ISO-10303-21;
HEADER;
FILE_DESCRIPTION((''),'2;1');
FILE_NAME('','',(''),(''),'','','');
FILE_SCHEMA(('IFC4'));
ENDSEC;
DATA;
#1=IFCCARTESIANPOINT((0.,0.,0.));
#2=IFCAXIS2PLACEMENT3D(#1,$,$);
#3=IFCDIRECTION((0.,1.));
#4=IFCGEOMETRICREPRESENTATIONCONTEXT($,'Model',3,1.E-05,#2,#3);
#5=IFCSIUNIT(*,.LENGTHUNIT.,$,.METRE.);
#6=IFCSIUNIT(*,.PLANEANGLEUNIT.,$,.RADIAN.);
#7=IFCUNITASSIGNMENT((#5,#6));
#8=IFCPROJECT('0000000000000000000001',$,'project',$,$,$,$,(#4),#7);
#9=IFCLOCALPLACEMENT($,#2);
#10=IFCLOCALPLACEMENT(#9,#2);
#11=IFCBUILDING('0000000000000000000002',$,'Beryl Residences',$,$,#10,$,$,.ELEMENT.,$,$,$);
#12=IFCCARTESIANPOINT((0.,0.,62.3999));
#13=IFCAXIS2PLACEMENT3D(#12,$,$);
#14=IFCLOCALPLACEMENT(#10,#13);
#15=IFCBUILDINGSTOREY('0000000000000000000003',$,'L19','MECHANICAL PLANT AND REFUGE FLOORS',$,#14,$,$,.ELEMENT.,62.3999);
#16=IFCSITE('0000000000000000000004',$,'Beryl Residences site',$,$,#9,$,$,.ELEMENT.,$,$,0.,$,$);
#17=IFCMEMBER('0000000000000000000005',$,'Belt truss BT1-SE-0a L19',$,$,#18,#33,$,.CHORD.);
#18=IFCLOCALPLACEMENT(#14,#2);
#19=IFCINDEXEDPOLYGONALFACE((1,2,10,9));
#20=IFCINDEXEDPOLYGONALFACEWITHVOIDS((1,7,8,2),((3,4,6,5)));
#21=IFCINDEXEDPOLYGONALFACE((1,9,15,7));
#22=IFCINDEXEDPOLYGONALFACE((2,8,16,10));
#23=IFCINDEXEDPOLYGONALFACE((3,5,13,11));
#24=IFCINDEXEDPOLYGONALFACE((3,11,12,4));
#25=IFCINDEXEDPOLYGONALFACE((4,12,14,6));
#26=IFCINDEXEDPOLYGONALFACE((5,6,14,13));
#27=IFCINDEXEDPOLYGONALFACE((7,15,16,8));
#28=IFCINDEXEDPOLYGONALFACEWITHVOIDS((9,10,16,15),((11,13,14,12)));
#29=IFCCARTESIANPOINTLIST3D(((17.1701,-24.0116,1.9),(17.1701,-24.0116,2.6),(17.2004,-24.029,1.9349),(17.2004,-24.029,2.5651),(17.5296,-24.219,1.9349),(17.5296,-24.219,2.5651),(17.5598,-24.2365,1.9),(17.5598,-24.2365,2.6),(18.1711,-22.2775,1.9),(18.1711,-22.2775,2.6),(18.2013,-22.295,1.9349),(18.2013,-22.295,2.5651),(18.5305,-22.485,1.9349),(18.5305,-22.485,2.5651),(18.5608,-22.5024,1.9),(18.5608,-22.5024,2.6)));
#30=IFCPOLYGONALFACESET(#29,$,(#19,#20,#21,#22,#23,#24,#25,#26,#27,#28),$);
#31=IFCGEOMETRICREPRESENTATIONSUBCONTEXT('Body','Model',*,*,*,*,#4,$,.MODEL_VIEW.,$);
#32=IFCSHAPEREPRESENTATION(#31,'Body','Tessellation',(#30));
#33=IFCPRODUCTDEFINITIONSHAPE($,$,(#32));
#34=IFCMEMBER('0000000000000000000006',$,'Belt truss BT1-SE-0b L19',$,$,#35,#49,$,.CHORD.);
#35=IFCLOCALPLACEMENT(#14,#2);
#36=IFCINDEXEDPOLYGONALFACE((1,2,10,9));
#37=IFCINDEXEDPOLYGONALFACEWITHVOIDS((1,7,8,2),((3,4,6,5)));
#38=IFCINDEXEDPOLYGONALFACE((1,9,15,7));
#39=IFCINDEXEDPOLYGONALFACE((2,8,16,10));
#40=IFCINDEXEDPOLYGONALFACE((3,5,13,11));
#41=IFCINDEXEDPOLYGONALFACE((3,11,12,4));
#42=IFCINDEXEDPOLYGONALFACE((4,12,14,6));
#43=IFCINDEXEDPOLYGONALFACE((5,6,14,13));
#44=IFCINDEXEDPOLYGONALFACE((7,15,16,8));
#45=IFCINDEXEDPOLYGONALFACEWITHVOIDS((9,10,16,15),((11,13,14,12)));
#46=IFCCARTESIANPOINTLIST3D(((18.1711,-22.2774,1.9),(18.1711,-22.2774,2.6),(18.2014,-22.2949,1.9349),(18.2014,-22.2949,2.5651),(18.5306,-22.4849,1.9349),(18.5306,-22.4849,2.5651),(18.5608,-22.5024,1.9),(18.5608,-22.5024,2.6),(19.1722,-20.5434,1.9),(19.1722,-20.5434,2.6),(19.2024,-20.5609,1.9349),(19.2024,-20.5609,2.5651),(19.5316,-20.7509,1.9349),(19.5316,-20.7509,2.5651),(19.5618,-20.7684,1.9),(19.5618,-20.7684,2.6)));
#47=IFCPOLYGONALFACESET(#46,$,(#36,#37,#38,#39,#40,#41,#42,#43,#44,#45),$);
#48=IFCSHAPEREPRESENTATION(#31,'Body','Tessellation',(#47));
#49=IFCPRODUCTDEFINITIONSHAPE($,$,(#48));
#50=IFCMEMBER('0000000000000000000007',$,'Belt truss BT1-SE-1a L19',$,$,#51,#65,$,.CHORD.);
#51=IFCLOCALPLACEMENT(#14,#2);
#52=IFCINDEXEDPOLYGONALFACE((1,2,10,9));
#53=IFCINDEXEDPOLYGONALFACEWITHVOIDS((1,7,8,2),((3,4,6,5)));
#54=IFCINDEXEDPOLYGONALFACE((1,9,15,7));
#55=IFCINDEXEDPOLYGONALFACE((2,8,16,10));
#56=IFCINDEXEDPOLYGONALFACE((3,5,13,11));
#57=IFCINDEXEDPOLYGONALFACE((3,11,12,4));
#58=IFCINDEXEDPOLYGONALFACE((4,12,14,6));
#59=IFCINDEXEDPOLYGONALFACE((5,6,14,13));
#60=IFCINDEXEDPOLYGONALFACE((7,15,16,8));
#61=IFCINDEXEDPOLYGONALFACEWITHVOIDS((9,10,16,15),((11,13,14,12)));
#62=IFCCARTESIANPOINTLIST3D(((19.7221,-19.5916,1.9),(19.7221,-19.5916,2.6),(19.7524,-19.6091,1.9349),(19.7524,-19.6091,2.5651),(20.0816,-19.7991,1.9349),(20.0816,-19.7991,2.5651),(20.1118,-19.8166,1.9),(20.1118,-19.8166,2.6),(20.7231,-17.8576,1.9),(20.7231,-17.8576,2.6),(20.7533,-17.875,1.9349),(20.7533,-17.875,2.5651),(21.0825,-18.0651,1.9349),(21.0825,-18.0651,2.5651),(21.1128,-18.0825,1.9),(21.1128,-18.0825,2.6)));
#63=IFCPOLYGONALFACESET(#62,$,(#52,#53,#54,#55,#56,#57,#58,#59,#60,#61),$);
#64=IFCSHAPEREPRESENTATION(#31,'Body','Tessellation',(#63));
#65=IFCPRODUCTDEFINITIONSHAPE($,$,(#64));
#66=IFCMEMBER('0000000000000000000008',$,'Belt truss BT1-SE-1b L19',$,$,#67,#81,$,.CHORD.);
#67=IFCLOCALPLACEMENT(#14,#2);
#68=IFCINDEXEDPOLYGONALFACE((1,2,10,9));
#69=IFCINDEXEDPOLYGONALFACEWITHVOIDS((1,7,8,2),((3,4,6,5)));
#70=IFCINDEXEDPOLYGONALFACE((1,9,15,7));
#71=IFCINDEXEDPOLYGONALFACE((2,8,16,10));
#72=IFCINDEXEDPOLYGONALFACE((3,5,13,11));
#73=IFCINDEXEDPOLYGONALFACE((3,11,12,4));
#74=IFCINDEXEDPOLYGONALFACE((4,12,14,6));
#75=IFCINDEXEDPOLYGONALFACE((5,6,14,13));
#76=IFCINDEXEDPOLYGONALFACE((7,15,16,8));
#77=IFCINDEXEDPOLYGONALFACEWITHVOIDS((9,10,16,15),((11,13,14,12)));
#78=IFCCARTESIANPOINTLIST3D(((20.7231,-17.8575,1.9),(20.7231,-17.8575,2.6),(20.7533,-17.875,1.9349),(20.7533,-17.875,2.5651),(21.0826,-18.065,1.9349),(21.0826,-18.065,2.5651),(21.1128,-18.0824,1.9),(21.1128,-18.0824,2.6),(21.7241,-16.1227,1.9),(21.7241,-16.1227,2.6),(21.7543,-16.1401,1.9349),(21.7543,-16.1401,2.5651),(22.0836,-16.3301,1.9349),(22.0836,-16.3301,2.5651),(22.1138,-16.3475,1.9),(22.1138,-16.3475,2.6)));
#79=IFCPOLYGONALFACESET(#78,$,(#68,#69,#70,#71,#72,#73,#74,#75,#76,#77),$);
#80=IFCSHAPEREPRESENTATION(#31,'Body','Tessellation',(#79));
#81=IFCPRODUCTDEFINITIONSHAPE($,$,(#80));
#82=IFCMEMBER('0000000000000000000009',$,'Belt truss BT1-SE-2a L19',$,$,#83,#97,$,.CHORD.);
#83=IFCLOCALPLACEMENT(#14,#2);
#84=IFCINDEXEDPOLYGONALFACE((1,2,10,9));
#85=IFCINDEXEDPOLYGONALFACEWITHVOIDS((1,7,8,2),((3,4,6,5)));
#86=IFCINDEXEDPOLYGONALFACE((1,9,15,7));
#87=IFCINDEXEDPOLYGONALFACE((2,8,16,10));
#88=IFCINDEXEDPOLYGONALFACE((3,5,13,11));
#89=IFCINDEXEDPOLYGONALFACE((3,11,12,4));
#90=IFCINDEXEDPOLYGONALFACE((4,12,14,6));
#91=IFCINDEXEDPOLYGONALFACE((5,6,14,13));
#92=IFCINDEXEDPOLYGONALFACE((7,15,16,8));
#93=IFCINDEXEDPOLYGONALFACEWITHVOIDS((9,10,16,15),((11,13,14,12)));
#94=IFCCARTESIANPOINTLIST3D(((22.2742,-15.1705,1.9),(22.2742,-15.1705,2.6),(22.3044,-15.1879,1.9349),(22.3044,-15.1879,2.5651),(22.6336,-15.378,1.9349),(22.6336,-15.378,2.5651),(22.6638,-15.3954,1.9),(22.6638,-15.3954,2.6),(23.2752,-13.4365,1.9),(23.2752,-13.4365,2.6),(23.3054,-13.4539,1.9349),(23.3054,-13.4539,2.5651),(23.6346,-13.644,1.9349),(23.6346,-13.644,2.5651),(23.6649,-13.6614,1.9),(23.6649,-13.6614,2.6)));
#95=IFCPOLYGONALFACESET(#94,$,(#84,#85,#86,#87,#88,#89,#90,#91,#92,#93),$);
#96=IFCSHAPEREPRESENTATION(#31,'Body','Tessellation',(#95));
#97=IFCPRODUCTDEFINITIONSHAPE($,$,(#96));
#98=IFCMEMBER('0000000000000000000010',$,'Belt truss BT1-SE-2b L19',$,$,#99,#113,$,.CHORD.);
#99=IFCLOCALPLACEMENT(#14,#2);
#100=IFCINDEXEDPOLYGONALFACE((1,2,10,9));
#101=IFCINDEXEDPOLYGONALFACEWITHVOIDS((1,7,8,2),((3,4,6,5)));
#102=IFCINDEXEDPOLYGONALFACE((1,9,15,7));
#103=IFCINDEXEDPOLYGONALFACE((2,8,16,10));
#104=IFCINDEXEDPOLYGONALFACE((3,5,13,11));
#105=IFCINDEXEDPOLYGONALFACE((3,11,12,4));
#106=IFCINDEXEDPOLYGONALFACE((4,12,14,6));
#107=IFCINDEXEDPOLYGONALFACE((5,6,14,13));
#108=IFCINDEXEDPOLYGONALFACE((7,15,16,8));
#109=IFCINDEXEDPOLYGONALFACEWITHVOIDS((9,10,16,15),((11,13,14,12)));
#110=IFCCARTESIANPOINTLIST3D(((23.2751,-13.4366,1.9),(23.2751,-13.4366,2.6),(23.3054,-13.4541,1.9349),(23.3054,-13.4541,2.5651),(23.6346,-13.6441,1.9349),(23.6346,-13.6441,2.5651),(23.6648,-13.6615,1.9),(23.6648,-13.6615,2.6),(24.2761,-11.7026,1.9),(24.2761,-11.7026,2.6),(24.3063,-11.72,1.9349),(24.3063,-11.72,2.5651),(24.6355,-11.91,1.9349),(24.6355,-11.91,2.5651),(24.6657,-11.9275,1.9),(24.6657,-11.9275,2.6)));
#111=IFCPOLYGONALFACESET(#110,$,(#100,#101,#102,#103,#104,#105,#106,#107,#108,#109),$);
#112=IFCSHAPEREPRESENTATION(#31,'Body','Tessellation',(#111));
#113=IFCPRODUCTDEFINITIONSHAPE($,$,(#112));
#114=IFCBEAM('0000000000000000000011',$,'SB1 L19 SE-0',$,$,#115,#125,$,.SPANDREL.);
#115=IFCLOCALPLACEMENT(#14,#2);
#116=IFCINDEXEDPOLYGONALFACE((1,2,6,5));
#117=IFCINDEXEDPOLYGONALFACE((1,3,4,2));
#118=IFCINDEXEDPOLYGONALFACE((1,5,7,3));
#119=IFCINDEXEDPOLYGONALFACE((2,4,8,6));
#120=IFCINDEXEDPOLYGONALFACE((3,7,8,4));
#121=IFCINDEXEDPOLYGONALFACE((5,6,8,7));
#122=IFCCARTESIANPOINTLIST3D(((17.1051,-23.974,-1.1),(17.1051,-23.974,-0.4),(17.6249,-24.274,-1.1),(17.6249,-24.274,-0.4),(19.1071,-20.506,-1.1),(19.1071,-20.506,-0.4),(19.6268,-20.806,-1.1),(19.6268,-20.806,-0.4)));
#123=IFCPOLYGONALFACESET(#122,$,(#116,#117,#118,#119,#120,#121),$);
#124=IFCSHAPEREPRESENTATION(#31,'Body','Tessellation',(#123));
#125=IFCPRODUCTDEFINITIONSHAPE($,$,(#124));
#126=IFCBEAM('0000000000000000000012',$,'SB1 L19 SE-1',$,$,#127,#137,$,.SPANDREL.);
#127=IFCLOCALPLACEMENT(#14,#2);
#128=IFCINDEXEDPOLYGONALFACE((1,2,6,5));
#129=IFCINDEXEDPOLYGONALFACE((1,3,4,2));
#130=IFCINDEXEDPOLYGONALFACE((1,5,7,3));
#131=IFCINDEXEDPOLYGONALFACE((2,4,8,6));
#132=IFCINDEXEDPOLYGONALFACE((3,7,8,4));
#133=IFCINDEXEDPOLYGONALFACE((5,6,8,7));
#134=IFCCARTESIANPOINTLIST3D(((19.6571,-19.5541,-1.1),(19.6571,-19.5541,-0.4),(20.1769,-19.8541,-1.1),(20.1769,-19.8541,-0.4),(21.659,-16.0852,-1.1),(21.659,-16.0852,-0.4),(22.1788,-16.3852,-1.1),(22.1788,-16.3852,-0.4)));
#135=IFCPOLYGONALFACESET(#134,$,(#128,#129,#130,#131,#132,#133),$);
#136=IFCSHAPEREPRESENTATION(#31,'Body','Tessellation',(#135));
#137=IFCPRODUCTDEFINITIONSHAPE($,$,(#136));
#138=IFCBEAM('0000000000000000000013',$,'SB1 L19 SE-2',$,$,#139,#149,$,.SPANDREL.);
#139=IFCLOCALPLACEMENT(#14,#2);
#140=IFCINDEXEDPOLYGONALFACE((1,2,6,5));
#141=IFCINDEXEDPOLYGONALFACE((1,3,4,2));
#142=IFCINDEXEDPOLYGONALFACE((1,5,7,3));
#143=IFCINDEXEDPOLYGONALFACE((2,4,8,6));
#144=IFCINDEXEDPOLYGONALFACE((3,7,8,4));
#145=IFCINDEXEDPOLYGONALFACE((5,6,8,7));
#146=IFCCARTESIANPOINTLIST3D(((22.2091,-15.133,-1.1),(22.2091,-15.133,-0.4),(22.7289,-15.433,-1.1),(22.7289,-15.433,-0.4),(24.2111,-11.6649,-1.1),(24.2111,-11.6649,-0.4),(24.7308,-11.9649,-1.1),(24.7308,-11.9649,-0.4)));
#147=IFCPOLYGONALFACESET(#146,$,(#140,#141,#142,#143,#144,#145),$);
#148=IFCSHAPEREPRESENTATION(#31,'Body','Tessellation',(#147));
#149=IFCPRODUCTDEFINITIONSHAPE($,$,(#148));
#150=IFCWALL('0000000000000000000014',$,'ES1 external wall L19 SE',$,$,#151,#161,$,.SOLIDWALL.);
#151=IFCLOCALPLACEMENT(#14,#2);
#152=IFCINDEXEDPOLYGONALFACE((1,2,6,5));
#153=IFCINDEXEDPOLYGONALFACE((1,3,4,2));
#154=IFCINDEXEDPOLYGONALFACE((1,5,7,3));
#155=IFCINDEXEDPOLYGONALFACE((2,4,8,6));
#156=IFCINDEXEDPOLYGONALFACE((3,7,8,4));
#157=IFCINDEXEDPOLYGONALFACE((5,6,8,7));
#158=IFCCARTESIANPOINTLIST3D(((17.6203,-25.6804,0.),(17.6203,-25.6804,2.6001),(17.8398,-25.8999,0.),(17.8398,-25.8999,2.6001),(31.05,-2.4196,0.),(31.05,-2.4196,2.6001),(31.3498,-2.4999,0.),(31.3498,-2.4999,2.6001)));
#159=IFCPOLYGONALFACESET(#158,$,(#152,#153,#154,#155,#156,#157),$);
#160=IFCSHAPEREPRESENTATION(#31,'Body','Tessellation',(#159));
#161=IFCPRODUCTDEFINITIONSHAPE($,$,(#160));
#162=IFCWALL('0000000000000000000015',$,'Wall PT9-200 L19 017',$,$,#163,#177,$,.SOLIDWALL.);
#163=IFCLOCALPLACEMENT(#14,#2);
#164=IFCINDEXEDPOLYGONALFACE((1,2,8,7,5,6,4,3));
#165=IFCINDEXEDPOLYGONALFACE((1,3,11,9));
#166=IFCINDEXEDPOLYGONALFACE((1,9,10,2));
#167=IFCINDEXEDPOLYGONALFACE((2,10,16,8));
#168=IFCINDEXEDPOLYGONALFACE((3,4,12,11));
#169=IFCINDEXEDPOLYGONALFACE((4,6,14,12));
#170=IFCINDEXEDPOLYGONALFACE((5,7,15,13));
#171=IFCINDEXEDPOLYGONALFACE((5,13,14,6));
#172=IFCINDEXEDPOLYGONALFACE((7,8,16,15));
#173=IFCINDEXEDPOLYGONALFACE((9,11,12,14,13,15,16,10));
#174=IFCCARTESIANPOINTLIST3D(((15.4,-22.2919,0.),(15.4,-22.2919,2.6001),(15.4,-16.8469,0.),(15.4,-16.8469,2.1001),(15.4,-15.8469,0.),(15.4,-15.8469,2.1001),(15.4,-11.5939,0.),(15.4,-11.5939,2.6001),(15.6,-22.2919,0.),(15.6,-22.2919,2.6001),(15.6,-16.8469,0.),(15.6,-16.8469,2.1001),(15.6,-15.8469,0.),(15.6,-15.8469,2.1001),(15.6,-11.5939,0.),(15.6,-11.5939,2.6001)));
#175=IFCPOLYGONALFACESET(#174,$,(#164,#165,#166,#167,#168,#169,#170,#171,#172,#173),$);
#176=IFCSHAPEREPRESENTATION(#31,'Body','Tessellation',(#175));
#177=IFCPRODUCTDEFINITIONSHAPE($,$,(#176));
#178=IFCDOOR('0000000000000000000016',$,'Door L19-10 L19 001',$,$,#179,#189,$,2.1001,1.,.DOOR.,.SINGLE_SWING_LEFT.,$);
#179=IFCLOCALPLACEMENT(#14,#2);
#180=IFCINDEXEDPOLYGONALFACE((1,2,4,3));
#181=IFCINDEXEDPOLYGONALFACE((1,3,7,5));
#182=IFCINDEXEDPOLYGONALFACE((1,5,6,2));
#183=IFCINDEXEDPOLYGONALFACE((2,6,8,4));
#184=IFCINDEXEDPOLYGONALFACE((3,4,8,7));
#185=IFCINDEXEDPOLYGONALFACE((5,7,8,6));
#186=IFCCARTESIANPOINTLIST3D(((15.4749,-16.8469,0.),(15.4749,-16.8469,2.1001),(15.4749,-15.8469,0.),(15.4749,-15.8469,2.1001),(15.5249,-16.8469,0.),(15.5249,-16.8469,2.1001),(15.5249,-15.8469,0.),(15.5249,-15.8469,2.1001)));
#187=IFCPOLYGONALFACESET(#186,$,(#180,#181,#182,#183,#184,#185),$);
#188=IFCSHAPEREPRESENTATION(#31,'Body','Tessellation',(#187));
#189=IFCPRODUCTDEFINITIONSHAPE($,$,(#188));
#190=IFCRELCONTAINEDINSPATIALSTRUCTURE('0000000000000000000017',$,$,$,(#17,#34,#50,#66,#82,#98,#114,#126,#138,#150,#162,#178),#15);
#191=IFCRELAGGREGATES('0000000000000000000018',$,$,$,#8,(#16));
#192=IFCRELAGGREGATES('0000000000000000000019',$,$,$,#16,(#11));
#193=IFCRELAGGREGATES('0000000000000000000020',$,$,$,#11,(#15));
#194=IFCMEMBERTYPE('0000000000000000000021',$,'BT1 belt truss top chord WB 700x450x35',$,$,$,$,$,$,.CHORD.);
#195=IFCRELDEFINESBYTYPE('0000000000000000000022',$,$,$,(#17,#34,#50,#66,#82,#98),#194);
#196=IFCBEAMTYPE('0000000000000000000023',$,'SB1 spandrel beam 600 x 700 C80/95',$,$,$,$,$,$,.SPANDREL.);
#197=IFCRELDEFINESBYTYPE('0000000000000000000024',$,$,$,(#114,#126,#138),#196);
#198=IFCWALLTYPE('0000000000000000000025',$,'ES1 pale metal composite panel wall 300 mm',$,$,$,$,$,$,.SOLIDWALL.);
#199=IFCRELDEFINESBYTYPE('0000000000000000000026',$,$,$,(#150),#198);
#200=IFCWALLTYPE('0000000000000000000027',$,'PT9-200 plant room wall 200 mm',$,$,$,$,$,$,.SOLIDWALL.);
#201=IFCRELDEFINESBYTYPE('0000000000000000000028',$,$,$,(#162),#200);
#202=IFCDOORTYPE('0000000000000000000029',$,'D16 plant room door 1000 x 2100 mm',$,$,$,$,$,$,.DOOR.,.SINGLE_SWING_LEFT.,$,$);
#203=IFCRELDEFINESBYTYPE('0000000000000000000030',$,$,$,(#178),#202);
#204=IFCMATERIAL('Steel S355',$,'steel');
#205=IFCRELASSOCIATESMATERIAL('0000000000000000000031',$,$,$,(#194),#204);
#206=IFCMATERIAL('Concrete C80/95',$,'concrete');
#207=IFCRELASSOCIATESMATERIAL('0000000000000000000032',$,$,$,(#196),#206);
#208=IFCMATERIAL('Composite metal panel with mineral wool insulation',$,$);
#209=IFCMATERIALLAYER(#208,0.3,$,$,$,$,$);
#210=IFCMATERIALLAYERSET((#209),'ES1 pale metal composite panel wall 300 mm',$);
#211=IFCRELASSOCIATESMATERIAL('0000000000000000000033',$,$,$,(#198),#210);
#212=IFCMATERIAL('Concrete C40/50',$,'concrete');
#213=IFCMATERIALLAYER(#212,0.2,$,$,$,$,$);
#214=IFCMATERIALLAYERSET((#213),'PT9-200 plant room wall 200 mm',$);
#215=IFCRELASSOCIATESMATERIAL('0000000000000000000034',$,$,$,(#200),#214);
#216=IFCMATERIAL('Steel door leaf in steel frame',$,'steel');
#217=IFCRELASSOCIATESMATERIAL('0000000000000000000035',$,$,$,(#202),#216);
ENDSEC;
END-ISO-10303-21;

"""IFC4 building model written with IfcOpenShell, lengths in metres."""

from ifc_helpers import new_model, si_unit, direction, frame, frame_2d, origin, origin_2d, place, context, subcontext, project, spatial, polyline, rectangle, hollow_rectangle, outline, extrude, material, layer, layer_set, material_profile, profile_set, type_object, element, fill, save


model = new_model("IFC4")

# Units and contexts
model_context = context("Model", 3, precision=1e-05, world=origin(), true_north=direction((0.0, 1.0)))
body_context = subcontext(model_context, "Body", "Model", "MODEL_VIEW")
ifc_project = project(units=[si_unit("LENGTHUNIT", "METRE"), si_unit("PLANEANGLEUNIT", "RADIAN")], contexts=[model_context])

# Site, building, storey
site_placement = place(None, origin())
site = spatial("IfcSite", under=ifc_project, at=site_placement, Name="Beryl Residences site", CompositionType="ELEMENT", RefElevation=0.0)
building_placement = place(site_placement, origin())
building = spatial("IfcBuilding", under=site, at=building_placement, Name="Beryl Residences", CompositionType="ELEMENT")
storey_placement = place(building_placement, frame((0.0, 0.0, 62.3999)))
storey = spatial("IfcBuildingStorey", under=building, at=storey_placement, Name="L19", Description="MECHANICAL PLANT AND REFUGE FLOORS", CompositionType="ELEMENT", Elevation=62.3999)

# Members
ifc_material_1 = material(Name="Steel S355", Category="steel")
ifc_material_profile_1 = material_profile(ifc_material_1, hollow_rectangle(XDim=0.45, YDim=0.7, WallThickness=0.0349, at=origin_2d()))
ifc_profile_set_1 = profile_set([ifc_material_profile_1], Name="Steel S355")
member_type_1 = type_object("IfcMemberType", Name="BT1 belt truss top chord WB 700x450x35", PredefinedType="CHORD", material=ifc_profile_set_1)
for number, where, z_axis, x_axis, name in (
    (1, (17.365, -24.124, 2.25), (0.499916, 0.866074, 0.0), (-0.866074, 0.499916, 0.0), "Belt truss BT1-SE-0a L19"),
    (2, (18.366, -22.3899, 2.25), (0.499969, 0.866043, 0.0), (-0.866043, 0.499969, 0.0), "Belt truss BT1-SE-0b L19"),
    (3, (19.917, -19.7041, 2.25), (0.499916, 0.866074, 0.0), (-0.866074, 0.499916, 0.0), "Belt truss BT1-SE-1a L19"),
):
    element("IfcMember", number, at=place(storey_placement, frame(where, z_axis=z_axis, x_axis=x_axis)), inside=storey, type_object=member_type_1, Name=name, PredefinedType="CHORD", context=body_context, shape_type="SweptSolid", body=[
        extrude(hollow_rectangle(XDim=0.45, YDim=0.7, WallThickness=0.0349, at=origin_2d()), origin(), (0.0, 0.0, 1.0), 2.0022),
    ])
member_1_placement = place(storey_placement, frame((20.918, -17.97, 2.25), z_axis=(0.499758, 0.866165, 0.0), x_axis=(-0.866165, 0.499758, 0.0)))
element("IfcMember", 4, at=member_1_placement, inside=storey, type_object=member_type_1, Name="Belt truss BT1-SE-1b L19", PredefinedType="CHORD", context=body_context, shape_type="SweptSolid", body=[
    extrude(hollow_rectangle(XDim=0.45, YDim=0.7, WallThickness=0.0349, at=origin_2d()), origin(), (0.0, 0.0, 1.0), 2.0029),
])
for number, where, z_axis, x_axis, name in (
    (5, (22.469, -15.283, 2.25), (0.499969, 0.866043, 0.0), (-0.866043, 0.499969, 0.0), "Belt truss BT1-SE-2a L19"),
    (6, (23.47, -13.5491, 2.25), (0.499916, 0.866074, 0.0), (-0.866074, 0.499916, 0.0), "Belt truss BT1-SE-2b L19"),
):
    element("IfcMember", number, at=place(storey_placement, frame(where, z_axis=z_axis, x_axis=x_axis)), inside=storey, type_object=member_type_1, Name=name, PredefinedType="CHORD", context=body_context, shape_type="SweptSolid", body=[
        extrude(hollow_rectangle(XDim=0.45, YDim=0.7, WallThickness=0.0349, at=origin_2d()), origin(), (0.0, 0.0, 1.0), 2.0022),
    ])

# Beams
ifc_material_2 = material(Name="Concrete C80/95", Category="concrete")
ifc_material_profile_2 = material_profile(ifc_material_2, rectangle(XDim=0.6001, YDim=0.7, at=origin_2d()))
ifc_profile_set_2 = profile_set([ifc_material_profile_2], Name="Concrete C80/95")
beam_type = type_object("IfcBeamType", Name="SB1 spandrel beam 600 x 700 C80/95", PredefinedType="SPANDREL", material=ifc_profile_set_2)
beam_1_placement = place(storey_placement, frame((17.365, -24.124, -0.75), z_axis=(0.499942, 0.866059, 0.0), x_axis=(-0.866059, 0.499942, 0.0)))
element("IfcBeam", 7, at=beam_1_placement, inside=storey, type_object=beam_type, Name="SB1 L19 SE-0", PredefinedType="SPANDREL", context=body_context, shape_type="SweptSolid", body=[
    extrude(rectangle(XDim=0.6001, YDim=0.7, at=origin_2d()), origin(), (0.0, 0.0, 1.0), 4.0044),
])
beam_2_placement = place(storey_placement, frame((19.917, -19.7041, -0.75), z_axis=(0.499837, 0.86612, 0.0), x_axis=(-0.86612, 0.499837, 0.0)))
element("IfcBeam", 8, at=beam_2_placement, inside=storey, type_object=beam_type, Name="SB1 L19 SE-1", PredefinedType="SPANDREL", context=body_context, shape_type="SweptSolid", body=[
    extrude(rectangle(XDim=0.6001, YDim=0.7, at=origin_2d()), origin(), (0.0, 0.0, 1.0), 4.0051),
])
beam_3_placement = place(storey_placement, frame((22.469, -15.283, -0.75), z_axis=(0.499942, 0.866059, 0.0), x_axis=(-0.866059, 0.499942, 0.0)))
element("IfcBeam", 9, at=beam_3_placement, inside=storey, type_object=beam_type, Name="SB1 L19 SE-2", PredefinedType="SPANDREL", context=body_context, shape_type="SweptSolid", body=[
    extrude(rectangle(XDim=0.6001, YDim=0.7, at=origin_2d()), origin(), (0.0, 0.0, 1.0), 4.0044),
])

# Wall
ifc_material_3 = material(Name="Composite metal panel with mineral wool insulation")
ifc_layer_1 = layer(ifc_material_3, 0.3)
ifc_layer_set_1 = layer_set([ifc_layer_1], Name="ES1 pale metal composite panel wall 300 mm")
wall_type_1 = type_object("IfcWallType", Name="ES1 pale metal composite panel wall 300 mm", PredefinedType="SOLIDWALL", material=ifc_layer_set_1)
wall_1_placement = place(storey_placement, frame((17.71, -25.825, 0.0), z_axis=(0.0, 0.0, 1.0), x_axis=(0.500002, 0.866024, 0.0)))
element("IfcWall", 10, at=wall_1_placement, inside=storey, type_object=wall_type_1, Name="ES1 external wall L19 SE", PredefinedType="SOLIDWALL", context=body_context, shape_type="SweptSolid", body=[
    extrude(outline(polyline([(0.0, -0.1499), (27.02, -0.1499), (26.9397, 0.1499), (0.0803, 0.1499), (0.0, -0.1499)])), origin(), (0.0, 0.0, 1.0), 2.6001),
])

# Wall, opening, door
ifc_material_4 = material(Name="Concrete C40/50", Category="concrete")
ifc_layer_2 = layer(ifc_material_4, 0.2)
ifc_layer_set_2 = layer_set([ifc_layer_2], Name="PT9-200 plant room wall 200 mm")
wall_type_2 = type_object("IfcWallType", Name="PT9-200 plant room wall 200 mm", PredefinedType="SOLIDWALL", material=ifc_layer_set_2)
wall_2_placement = place(storey_placement, frame((15.5, -22.292, 0.0), z_axis=(0.0, 0.0, 1.0), x_axis=(0.0, 1.0, 0.0)))
wall_2 = element("IfcWall", 11, at=wall_2_placement, inside=storey, type_object=wall_type_2, Name="Wall PT9-200 L19 017", PredefinedType="SOLIDWALL", context=body_context, shape_type="SweptSolid", body=[
    extrude(rectangle(XDim=10.698, YDim=0.2, at=frame_2d((5.3491, 0.0))), origin(), (0.0, 0.0, 1.0), 2.6001),
])
opening_placement = place(wall_2_placement, frame((6.4451, 0.0, 0.0), z_axis=(0.0, 0.0, 1.0), x_axis=(-1.0, 0.0, 0.0)))
opening = element("IfcOpeningElement", 12, at=opening_placement, cuts=wall_2, PredefinedType="OPENING", context=body_context, shape_type="SweptSolid", body=[
    extrude(rectangle(XDim=1.0, YDim=2.1001, at=frame_2d((0.5, 1.05))), frame((0.0, 0.1099, 0.0), z_axis=(0.0, -1.0, 0.0), x_axis=(1.0, 0.0, 0.0)), (0.0, 0.0, 1.0), 0.22),
])
ifc_material_5 = material(Name="Steel door leaf in steel frame", Category="steel")
door_type = type_object("IfcDoorType", Name="D16 plant room door 1000 x 2100 mm", OperationType="SINGLE_SWING_LEFT", PredefinedType="DOOR", material=ifc_material_5)
door_placement = place(opening_placement, origin())
door = element("IfcDoor", 13, at=door_placement, inside=storey, type_object=door_type, Name="Door L19-10 L19 001", OperationType="SINGLE_SWING_LEFT", OverallHeight=2.1001, OverallWidth=1.0, PredefinedType="DOOR", context=body_context, shape_type="SweptSolid", body=[
    extrude(rectangle(XDim=1.0, YDim=2.1001, at=frame_2d((0.5, 1.05))), frame((0.0, 0.0249, 0.0), z_axis=(0.0, -1.0, 0.0), x_axis=(1.0, 0.0, 0.0)), (0.0, 0.0, 1.0), 0.05),
])
fill(opening, door)

save(model, "model.ifc")
